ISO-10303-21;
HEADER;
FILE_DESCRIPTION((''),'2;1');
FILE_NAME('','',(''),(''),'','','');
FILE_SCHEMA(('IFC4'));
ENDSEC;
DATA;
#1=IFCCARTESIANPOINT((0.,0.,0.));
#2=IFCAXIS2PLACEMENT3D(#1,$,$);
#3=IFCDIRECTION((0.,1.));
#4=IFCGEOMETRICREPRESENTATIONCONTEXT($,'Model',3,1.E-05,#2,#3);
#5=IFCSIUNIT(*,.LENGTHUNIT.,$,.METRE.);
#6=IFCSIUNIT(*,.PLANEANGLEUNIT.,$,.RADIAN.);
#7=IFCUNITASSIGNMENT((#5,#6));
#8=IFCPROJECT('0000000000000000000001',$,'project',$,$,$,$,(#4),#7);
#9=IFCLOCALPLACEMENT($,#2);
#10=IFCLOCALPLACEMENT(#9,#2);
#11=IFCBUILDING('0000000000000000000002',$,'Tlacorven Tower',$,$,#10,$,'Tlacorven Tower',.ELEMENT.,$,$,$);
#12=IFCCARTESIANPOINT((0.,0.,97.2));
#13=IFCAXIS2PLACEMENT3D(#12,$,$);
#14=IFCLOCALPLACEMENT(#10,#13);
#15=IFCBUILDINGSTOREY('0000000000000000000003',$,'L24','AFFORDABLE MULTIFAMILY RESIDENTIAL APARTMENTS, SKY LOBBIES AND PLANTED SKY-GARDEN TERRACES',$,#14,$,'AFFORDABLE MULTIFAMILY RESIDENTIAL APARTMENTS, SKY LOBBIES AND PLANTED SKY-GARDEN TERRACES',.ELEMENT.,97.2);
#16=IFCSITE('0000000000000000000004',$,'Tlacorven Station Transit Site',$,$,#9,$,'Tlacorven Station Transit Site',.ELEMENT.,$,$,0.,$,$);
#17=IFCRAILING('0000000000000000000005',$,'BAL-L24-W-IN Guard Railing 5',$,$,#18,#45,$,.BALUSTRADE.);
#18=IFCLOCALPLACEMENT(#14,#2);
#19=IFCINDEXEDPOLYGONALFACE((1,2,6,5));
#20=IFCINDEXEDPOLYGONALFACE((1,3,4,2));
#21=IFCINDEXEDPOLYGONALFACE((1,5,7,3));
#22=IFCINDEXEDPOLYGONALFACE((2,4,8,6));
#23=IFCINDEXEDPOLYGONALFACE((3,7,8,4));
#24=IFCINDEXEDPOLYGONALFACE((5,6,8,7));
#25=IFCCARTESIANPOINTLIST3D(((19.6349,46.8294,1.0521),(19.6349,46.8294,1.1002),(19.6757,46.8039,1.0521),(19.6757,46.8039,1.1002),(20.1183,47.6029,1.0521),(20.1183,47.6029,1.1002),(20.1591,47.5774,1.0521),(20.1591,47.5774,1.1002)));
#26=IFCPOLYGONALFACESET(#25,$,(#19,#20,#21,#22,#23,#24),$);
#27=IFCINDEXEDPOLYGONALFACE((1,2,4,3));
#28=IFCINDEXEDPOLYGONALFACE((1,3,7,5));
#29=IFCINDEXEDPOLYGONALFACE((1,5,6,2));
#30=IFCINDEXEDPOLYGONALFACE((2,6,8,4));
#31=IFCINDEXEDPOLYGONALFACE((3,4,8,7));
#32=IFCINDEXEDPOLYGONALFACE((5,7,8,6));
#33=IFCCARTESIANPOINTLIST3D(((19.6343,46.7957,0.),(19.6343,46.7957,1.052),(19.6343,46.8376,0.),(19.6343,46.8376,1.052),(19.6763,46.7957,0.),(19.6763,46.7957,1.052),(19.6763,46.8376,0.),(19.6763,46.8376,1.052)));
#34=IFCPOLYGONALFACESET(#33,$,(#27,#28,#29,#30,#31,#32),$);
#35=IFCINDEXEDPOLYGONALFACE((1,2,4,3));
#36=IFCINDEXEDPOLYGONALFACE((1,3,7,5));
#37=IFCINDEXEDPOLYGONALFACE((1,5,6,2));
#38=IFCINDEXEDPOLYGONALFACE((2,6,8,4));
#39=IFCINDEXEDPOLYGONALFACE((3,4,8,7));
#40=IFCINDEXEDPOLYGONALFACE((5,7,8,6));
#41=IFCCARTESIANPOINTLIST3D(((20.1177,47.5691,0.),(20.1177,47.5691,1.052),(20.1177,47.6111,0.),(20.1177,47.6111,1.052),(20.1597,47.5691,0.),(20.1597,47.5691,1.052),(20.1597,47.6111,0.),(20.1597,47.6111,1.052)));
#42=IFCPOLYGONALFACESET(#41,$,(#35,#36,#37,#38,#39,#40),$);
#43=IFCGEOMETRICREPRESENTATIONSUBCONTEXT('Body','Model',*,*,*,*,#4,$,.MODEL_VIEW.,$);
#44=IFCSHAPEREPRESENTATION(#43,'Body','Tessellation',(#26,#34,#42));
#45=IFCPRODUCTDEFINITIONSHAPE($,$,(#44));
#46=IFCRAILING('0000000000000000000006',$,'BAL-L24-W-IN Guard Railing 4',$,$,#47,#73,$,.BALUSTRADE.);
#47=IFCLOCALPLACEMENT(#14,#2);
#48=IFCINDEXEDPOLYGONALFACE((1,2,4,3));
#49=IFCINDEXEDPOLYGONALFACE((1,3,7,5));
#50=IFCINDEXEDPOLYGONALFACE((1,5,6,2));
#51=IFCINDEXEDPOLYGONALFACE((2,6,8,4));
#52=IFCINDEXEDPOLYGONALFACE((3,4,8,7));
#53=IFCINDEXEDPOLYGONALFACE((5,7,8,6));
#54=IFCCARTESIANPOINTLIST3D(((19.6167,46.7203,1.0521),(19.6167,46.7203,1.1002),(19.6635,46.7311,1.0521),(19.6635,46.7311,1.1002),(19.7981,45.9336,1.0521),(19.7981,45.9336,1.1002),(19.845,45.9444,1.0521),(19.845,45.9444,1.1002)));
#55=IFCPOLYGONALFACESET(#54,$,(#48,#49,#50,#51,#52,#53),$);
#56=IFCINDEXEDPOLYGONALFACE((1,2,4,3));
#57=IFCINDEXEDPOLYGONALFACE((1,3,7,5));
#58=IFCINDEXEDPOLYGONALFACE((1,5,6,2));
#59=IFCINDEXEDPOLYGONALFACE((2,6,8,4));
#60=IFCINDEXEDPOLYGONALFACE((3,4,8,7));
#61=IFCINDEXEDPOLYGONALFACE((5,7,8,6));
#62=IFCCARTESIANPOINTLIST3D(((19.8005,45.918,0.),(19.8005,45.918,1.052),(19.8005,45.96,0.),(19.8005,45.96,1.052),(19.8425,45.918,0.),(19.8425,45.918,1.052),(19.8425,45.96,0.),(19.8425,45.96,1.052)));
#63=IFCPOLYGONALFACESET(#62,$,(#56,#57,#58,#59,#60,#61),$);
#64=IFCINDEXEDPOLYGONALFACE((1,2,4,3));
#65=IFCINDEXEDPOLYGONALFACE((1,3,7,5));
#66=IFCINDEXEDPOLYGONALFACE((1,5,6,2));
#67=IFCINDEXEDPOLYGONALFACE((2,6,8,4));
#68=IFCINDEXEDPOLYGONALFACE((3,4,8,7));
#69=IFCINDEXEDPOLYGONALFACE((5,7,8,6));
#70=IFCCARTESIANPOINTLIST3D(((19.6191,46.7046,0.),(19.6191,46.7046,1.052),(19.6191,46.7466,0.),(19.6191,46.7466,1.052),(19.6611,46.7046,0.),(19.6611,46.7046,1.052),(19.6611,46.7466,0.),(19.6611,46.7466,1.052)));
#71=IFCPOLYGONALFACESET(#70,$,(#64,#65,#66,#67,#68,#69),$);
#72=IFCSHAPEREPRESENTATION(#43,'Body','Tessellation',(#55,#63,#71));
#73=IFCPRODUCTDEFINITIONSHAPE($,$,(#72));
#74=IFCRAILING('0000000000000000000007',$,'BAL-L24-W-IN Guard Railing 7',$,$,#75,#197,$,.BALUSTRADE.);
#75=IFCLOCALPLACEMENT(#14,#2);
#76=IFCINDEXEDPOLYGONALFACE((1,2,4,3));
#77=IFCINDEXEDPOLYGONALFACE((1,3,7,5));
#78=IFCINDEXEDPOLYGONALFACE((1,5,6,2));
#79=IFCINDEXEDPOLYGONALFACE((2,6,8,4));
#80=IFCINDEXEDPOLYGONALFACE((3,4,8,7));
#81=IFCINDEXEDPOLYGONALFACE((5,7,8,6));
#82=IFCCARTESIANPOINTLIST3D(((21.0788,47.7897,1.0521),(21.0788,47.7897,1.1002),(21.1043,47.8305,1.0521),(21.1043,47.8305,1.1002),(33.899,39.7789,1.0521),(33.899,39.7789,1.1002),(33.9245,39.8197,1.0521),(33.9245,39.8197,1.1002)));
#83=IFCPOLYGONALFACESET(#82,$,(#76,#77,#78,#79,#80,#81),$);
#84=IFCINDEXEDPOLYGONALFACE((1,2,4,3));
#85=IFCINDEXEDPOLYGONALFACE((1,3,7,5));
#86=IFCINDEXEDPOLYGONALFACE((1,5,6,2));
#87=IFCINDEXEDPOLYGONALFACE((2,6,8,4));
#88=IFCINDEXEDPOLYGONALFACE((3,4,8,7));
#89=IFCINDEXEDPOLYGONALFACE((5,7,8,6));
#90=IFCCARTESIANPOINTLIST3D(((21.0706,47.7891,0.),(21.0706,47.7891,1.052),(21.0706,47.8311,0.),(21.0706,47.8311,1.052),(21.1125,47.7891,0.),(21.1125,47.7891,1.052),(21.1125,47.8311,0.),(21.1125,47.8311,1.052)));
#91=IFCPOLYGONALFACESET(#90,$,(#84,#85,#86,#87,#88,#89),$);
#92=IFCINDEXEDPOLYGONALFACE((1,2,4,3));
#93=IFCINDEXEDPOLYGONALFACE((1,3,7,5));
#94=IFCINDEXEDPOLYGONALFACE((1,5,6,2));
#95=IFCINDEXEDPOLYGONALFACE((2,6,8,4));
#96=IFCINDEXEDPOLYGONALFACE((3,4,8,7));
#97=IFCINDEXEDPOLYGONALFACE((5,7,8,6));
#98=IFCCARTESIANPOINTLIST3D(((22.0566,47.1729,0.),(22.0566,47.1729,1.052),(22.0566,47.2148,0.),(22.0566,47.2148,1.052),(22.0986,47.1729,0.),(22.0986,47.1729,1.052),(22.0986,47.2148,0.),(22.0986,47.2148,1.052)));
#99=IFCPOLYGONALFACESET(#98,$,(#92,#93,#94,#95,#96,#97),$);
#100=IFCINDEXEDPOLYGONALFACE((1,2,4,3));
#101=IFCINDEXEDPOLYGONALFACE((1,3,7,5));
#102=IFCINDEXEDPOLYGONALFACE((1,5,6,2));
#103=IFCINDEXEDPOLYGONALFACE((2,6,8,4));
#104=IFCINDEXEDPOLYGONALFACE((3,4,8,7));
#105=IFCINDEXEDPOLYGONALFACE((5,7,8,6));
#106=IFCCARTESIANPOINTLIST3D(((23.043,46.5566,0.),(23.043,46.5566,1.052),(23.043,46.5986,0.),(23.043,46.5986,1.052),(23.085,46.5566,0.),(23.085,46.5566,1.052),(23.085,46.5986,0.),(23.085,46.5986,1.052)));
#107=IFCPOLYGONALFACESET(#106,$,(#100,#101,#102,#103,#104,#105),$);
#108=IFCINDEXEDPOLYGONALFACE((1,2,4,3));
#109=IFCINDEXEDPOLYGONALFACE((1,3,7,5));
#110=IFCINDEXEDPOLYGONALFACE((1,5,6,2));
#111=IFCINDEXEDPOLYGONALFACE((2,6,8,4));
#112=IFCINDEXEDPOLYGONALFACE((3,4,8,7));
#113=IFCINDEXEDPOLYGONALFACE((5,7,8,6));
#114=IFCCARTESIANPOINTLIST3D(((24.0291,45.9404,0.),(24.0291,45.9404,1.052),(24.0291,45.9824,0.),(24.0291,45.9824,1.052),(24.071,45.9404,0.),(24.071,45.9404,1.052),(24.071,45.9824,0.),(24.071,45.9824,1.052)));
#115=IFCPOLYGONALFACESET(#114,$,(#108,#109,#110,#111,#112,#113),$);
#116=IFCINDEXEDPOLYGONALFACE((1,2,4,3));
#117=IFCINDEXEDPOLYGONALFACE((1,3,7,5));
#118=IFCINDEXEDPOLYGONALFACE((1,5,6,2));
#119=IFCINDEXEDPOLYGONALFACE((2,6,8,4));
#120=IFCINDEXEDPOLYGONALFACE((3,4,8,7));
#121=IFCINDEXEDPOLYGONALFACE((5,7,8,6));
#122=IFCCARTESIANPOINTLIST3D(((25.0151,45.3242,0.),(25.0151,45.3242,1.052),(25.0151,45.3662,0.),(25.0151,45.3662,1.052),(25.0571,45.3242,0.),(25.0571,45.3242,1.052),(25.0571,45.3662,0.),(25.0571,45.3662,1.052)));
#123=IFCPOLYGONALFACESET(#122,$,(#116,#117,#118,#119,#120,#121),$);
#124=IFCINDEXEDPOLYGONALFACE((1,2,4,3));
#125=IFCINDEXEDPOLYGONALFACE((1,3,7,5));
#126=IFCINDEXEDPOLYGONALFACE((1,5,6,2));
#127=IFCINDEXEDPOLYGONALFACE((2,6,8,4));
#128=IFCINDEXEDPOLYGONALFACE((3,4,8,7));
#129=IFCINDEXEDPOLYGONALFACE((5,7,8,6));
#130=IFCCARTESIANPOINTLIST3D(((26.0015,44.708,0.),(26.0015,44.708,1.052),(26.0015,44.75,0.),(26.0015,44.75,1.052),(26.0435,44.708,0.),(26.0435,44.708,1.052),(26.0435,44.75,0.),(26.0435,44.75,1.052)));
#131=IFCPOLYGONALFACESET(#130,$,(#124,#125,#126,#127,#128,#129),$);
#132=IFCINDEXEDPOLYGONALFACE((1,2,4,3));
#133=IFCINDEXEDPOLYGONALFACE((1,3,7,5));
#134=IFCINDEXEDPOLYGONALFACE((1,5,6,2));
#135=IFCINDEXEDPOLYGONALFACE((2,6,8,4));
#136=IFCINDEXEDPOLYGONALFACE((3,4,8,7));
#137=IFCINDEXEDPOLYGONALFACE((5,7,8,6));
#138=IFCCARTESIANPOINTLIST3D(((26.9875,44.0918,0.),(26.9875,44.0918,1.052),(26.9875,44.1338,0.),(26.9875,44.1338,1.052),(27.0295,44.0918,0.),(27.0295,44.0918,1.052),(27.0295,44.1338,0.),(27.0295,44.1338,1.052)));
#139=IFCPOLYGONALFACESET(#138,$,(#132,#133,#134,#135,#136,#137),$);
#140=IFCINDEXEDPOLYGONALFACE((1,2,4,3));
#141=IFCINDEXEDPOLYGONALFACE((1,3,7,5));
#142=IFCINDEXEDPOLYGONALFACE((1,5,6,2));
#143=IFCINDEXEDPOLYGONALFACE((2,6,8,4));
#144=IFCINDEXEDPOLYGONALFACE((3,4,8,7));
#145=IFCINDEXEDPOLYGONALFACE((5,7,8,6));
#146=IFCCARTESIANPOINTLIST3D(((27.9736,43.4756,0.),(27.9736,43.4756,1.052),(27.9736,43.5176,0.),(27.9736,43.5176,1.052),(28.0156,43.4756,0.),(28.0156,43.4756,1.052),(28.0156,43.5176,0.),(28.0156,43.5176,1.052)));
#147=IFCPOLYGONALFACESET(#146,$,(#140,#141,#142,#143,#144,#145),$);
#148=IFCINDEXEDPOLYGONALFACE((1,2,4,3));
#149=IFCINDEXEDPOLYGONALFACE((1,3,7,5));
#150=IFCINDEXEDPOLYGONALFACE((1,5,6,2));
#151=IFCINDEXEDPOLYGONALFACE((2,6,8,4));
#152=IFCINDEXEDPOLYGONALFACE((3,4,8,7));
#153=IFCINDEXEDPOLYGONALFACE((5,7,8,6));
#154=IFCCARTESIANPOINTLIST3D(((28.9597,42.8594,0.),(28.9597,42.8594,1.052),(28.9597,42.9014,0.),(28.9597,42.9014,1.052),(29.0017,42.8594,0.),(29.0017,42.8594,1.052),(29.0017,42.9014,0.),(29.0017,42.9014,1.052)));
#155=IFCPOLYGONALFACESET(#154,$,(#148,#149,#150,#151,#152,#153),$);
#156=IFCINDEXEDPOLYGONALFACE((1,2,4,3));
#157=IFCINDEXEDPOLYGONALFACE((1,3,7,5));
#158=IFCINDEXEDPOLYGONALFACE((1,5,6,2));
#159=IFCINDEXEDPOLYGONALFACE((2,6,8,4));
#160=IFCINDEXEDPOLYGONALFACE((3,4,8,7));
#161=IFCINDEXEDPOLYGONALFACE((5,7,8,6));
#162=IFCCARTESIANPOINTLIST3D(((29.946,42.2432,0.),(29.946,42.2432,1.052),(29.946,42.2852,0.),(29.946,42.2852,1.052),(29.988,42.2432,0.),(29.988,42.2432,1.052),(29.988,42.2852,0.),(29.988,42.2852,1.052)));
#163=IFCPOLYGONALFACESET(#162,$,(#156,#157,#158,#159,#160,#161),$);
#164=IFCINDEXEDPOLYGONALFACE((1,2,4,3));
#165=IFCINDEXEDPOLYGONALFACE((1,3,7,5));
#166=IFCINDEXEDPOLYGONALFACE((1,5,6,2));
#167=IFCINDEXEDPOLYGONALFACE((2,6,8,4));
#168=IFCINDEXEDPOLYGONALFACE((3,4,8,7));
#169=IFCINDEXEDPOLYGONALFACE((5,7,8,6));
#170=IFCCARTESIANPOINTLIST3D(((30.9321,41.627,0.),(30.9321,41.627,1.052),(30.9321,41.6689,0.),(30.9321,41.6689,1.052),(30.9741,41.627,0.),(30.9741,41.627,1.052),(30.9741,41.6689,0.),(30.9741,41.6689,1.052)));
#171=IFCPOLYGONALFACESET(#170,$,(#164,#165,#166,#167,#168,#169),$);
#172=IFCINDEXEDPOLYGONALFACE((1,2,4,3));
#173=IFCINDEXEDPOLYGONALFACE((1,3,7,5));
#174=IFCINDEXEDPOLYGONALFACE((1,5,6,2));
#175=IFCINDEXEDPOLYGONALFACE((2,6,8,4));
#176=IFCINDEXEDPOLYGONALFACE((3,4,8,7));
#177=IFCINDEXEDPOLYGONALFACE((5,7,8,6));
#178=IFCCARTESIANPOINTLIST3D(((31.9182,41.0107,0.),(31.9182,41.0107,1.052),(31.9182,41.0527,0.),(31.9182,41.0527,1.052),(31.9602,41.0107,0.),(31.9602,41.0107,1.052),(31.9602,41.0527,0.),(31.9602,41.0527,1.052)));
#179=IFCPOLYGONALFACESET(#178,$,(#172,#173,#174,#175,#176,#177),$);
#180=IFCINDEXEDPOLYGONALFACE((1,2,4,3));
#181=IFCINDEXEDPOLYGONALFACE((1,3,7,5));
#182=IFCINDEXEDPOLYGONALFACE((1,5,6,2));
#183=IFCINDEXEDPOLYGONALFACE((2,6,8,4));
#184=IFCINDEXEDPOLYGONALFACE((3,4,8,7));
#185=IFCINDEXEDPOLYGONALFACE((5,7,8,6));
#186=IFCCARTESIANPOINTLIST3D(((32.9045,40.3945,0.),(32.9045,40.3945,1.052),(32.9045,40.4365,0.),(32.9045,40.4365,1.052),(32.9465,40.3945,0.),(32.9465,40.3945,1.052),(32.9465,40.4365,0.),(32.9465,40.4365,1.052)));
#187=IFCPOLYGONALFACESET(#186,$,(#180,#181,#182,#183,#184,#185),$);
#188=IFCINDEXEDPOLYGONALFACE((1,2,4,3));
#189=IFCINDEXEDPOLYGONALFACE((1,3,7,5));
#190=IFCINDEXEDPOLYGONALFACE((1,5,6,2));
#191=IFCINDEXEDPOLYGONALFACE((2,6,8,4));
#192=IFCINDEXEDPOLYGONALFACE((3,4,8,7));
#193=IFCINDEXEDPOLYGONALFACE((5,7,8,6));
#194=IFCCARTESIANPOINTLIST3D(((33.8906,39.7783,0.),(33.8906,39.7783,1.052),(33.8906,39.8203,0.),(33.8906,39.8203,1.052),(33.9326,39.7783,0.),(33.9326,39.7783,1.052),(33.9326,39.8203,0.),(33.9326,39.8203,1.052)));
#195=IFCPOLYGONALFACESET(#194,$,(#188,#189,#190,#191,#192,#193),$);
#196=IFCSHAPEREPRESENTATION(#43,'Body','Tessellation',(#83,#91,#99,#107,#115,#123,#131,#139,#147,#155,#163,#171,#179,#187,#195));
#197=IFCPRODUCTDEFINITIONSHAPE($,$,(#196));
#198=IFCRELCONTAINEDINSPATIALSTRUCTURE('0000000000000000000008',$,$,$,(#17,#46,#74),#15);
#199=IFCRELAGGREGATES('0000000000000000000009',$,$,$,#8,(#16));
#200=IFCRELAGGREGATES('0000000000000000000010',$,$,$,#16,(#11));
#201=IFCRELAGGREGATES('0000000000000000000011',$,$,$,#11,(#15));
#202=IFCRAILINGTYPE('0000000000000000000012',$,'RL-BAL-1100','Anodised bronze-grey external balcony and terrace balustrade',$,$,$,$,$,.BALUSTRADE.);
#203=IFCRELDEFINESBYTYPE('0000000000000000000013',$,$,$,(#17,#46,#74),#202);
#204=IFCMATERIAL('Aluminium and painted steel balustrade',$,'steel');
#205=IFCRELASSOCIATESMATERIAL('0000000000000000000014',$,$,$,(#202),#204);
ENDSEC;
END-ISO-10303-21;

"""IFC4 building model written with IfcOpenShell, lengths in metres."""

from ifc_helpers import new_model, si_unit, direction, frame, origin, origin_2d, place, context, subcontext, project, spatial, rectangle, extrude, source, transform, mapped, material, type_object, element, save


model = new_model("IFC4")

# Units and contexts
model_context = context("Model", 3, precision=1e-05, world=origin(), true_north=direction((0.0, 1.0)))
body_context = subcontext(model_context, "Body", "Model", "MODEL_VIEW")
ifc_project = project(units=[si_unit("LENGTHUNIT", "METRE"), si_unit("PLANEANGLEUNIT", "RADIAN")], contexts=[model_context])

# Site, building, storey
site_placement = place(None, origin())
site = spatial("IfcSite", under=ifc_project, at=site_placement, Name="Tlacorven Station Transit Site", LongName="Tlacorven Station Transit Site", CompositionType="ELEMENT", RefElevation=0.0)
building_placement = place(site_placement, origin())
building = spatial("IfcBuilding", under=site, at=building_placement, Name="Tlacorven Tower", LongName="Tlacorven Tower", CompositionType="ELEMENT")
storey_placement = place(building_placement, frame((0.0, 0.0, 97.2)))
storey = spatial("IfcBuildingStorey", under=building, at=storey_placement, Name="L24", Description="AFFORDABLE MULTIFAMILY RESIDENTIAL APARTMENTS, SKY LOBBIES AND PLANTED SKY-GARDEN TERRACES", LongName="AFFORDABLE MULTIFAMILY RESIDENTIAL APARTMENTS, SKY LOBBIES AND PLANTED SKY-GARDEN TERRACES", CompositionType="ELEMENT", Elevation=97.2)

# Railings
ifc_material_1 = material(Name="Aluminium and painted steel balustrade", Category="steel")
railing_type = type_object("IfcRailingType", Name="RL-BAL-1100", Description="Anodised bronze-grey external balcony and terrace balustrade", PredefinedType="BALUSTRADE", material=ifc_material_1)
shared_shape_1 = source(origin(), body_context, "Body", "SweptSolid", [
    extrude(rectangle(XDim=0.0481, YDim=0.0481, at=origin_2d()), frame((0.0, 0.0, 1.0762), z_axis=(0.529999, 0.847998, 0.0), x_axis=(-0.847998, 0.529999, 0.0)), (0.0, 0.0, 1.0), 0.9121),
    extrude(rectangle(XDim=0.042, YDim=0.042, at=origin_2d()), origin(), (0.0, 0.0, 1.0), 1.052),
    extrude(rectangle(XDim=0.042, YDim=0.042, at=origin_2d()), frame((0.4834, 0.7734, 0.0)), (0.0, 0.0, 1.0), 1.052),
])
railing_1_placement = place(storey_placement, frame((19.6553, 46.8167, 0.0)))
element("IfcRailing", 1, at=railing_1_placement, inside=storey, type_object=railing_type, Name="BAL-L24-W-IN Guard Railing 5", PredefinedType="BALUSTRADE", context=body_context, shape_type="MappedRepresentation", body=[
    mapped(shared_shape_1, transform((0.0, 0.0, 0.0), scale=1.0)),
])
shared_shape_2 = source(origin(), body_context, "Body", "SweptSolid", [
    extrude(rectangle(XDim=0.0481, YDim=0.0481, at=origin_2d()), frame((0.0, 0.0, 1.0762), z_axis=(-0.224705, 0.974427, 0.0), x_axis=(-0.974427, -0.224705, 0.0)), (0.0, 0.0, 1.0), 0.8074),
    extrude(rectangle(XDim=0.042, YDim=0.042, at=origin_2d()), origin(), (0.0, 0.0, 1.0), 1.052),
    extrude(rectangle(XDim=0.042, YDim=0.042, at=origin_2d()), frame((-0.1814, 0.7866, 0.0)), (0.0, 0.0, 1.0), 1.052),
])
railing_2_placement = place(storey_placement, frame((19.8215, 45.939, 0.0)))
element("IfcRailing", 2, at=railing_2_placement, inside=storey, type_object=railing_type, Name="BAL-L24-W-IN Guard Railing 4", PredefinedType="BALUSTRADE", context=body_context, shape_type="MappedRepresentation", body=[
    mapped(shared_shape_2, transform((0.0, 0.0, 0.0), scale=1.0)),
])
shared_shape_3 = source(origin(), body_context, "Body", "SweptSolid", [
    extrude(rectangle(XDim=0.0481, YDim=0.0481, at=origin_2d()), frame((0.0, 0.0, 1.0762), z_axis=(0.848052, -0.529913, 0.0), x_axis=(0.529913, 0.848052, 0.0)), (0.0, 0.0, 1.0), 15.1172),
    extrude(rectangle(XDim=0.042, YDim=0.042, at=origin_2d()), origin(), (0.0, 0.0, 1.0), 1.052),
    extrude(rectangle(XDim=0.042, YDim=0.042, at=origin_2d()), frame((0.9861, -0.6162, 0.0)), (0.0, 0.0, 1.0), 1.052),
    extrude(rectangle(XDim=0.042, YDim=0.042, at=origin_2d()), frame((1.9724, -1.2324, 0.0)), (0.0, 0.0, 1.0), 1.052),
    extrude(rectangle(XDim=0.042, YDim=0.042, at=origin_2d()), frame((2.9585, -1.8486, 0.0)), (0.0, 0.0, 1.0), 1.052),
    extrude(rectangle(XDim=0.042, YDim=0.042, at=origin_2d()), frame((3.9446, -2.4648, 0.0)), (0.0, 0.0, 1.0), 1.052),
    extrude(rectangle(XDim=0.042, YDim=0.042, at=origin_2d()), frame((4.9309, -3.0811, 0.0)), (0.0, 0.0, 1.0), 1.052),
    extrude(rectangle(XDim=0.042, YDim=0.042, at=origin_2d()), frame((5.917, -3.6973, 0.0)), (0.0, 0.0, 1.0), 1.052),
    extrude(rectangle(XDim=0.042, YDim=0.042, at=origin_2d()), frame((6.9031, -4.3135, 0.0)), (0.0, 0.0, 1.0), 1.052),
    extrude(rectangle(XDim=0.042, YDim=0.042, at=origin_2d()), frame((7.8892, -4.9297, 0.0)), (0.0, 0.0, 1.0), 1.052),
    extrude(rectangle(XDim=0.042, YDim=0.042, at=origin_2d()), frame((8.8755, -5.5459, 0.0)), (0.0, 0.0, 1.0), 1.052),
    extrude(rectangle(XDim=0.042, YDim=0.042, at=origin_2d()), frame((9.8616, -6.1621, 0.0)), (0.0, 0.0, 1.0), 1.052),
    extrude(rectangle(XDim=0.042, YDim=0.042, at=origin_2d()), frame((10.8477, -6.7783, 0.0)), (0.0, 0.0, 1.0), 1.052),
    extrude(rectangle(XDim=0.042, YDim=0.042, at=origin_2d()), frame((11.834, -7.3945, 0.0)), (0.0, 0.0, 1.0), 1.052),
    extrude(rectangle(XDim=0.042, YDim=0.042, at=origin_2d()), frame((12.8201, -8.0107, 0.0)), (0.0, 0.0, 1.0), 1.052),
])
railing_3_placement = place(storey_placement, frame((21.0916, 47.8101, 0.0)))
element("IfcRailing", 3, at=railing_3_placement, inside=storey, type_object=railing_type, Name="BAL-L24-W-IN Guard Railing 7", PredefinedType="BALUSTRADE", context=body_context, shape_type="MappedRepresentation", body=[
    mapped(shared_shape_3, transform((0.0, 0.0, 0.0), scale=1.0)),
])

save(model, "model.ifc")
